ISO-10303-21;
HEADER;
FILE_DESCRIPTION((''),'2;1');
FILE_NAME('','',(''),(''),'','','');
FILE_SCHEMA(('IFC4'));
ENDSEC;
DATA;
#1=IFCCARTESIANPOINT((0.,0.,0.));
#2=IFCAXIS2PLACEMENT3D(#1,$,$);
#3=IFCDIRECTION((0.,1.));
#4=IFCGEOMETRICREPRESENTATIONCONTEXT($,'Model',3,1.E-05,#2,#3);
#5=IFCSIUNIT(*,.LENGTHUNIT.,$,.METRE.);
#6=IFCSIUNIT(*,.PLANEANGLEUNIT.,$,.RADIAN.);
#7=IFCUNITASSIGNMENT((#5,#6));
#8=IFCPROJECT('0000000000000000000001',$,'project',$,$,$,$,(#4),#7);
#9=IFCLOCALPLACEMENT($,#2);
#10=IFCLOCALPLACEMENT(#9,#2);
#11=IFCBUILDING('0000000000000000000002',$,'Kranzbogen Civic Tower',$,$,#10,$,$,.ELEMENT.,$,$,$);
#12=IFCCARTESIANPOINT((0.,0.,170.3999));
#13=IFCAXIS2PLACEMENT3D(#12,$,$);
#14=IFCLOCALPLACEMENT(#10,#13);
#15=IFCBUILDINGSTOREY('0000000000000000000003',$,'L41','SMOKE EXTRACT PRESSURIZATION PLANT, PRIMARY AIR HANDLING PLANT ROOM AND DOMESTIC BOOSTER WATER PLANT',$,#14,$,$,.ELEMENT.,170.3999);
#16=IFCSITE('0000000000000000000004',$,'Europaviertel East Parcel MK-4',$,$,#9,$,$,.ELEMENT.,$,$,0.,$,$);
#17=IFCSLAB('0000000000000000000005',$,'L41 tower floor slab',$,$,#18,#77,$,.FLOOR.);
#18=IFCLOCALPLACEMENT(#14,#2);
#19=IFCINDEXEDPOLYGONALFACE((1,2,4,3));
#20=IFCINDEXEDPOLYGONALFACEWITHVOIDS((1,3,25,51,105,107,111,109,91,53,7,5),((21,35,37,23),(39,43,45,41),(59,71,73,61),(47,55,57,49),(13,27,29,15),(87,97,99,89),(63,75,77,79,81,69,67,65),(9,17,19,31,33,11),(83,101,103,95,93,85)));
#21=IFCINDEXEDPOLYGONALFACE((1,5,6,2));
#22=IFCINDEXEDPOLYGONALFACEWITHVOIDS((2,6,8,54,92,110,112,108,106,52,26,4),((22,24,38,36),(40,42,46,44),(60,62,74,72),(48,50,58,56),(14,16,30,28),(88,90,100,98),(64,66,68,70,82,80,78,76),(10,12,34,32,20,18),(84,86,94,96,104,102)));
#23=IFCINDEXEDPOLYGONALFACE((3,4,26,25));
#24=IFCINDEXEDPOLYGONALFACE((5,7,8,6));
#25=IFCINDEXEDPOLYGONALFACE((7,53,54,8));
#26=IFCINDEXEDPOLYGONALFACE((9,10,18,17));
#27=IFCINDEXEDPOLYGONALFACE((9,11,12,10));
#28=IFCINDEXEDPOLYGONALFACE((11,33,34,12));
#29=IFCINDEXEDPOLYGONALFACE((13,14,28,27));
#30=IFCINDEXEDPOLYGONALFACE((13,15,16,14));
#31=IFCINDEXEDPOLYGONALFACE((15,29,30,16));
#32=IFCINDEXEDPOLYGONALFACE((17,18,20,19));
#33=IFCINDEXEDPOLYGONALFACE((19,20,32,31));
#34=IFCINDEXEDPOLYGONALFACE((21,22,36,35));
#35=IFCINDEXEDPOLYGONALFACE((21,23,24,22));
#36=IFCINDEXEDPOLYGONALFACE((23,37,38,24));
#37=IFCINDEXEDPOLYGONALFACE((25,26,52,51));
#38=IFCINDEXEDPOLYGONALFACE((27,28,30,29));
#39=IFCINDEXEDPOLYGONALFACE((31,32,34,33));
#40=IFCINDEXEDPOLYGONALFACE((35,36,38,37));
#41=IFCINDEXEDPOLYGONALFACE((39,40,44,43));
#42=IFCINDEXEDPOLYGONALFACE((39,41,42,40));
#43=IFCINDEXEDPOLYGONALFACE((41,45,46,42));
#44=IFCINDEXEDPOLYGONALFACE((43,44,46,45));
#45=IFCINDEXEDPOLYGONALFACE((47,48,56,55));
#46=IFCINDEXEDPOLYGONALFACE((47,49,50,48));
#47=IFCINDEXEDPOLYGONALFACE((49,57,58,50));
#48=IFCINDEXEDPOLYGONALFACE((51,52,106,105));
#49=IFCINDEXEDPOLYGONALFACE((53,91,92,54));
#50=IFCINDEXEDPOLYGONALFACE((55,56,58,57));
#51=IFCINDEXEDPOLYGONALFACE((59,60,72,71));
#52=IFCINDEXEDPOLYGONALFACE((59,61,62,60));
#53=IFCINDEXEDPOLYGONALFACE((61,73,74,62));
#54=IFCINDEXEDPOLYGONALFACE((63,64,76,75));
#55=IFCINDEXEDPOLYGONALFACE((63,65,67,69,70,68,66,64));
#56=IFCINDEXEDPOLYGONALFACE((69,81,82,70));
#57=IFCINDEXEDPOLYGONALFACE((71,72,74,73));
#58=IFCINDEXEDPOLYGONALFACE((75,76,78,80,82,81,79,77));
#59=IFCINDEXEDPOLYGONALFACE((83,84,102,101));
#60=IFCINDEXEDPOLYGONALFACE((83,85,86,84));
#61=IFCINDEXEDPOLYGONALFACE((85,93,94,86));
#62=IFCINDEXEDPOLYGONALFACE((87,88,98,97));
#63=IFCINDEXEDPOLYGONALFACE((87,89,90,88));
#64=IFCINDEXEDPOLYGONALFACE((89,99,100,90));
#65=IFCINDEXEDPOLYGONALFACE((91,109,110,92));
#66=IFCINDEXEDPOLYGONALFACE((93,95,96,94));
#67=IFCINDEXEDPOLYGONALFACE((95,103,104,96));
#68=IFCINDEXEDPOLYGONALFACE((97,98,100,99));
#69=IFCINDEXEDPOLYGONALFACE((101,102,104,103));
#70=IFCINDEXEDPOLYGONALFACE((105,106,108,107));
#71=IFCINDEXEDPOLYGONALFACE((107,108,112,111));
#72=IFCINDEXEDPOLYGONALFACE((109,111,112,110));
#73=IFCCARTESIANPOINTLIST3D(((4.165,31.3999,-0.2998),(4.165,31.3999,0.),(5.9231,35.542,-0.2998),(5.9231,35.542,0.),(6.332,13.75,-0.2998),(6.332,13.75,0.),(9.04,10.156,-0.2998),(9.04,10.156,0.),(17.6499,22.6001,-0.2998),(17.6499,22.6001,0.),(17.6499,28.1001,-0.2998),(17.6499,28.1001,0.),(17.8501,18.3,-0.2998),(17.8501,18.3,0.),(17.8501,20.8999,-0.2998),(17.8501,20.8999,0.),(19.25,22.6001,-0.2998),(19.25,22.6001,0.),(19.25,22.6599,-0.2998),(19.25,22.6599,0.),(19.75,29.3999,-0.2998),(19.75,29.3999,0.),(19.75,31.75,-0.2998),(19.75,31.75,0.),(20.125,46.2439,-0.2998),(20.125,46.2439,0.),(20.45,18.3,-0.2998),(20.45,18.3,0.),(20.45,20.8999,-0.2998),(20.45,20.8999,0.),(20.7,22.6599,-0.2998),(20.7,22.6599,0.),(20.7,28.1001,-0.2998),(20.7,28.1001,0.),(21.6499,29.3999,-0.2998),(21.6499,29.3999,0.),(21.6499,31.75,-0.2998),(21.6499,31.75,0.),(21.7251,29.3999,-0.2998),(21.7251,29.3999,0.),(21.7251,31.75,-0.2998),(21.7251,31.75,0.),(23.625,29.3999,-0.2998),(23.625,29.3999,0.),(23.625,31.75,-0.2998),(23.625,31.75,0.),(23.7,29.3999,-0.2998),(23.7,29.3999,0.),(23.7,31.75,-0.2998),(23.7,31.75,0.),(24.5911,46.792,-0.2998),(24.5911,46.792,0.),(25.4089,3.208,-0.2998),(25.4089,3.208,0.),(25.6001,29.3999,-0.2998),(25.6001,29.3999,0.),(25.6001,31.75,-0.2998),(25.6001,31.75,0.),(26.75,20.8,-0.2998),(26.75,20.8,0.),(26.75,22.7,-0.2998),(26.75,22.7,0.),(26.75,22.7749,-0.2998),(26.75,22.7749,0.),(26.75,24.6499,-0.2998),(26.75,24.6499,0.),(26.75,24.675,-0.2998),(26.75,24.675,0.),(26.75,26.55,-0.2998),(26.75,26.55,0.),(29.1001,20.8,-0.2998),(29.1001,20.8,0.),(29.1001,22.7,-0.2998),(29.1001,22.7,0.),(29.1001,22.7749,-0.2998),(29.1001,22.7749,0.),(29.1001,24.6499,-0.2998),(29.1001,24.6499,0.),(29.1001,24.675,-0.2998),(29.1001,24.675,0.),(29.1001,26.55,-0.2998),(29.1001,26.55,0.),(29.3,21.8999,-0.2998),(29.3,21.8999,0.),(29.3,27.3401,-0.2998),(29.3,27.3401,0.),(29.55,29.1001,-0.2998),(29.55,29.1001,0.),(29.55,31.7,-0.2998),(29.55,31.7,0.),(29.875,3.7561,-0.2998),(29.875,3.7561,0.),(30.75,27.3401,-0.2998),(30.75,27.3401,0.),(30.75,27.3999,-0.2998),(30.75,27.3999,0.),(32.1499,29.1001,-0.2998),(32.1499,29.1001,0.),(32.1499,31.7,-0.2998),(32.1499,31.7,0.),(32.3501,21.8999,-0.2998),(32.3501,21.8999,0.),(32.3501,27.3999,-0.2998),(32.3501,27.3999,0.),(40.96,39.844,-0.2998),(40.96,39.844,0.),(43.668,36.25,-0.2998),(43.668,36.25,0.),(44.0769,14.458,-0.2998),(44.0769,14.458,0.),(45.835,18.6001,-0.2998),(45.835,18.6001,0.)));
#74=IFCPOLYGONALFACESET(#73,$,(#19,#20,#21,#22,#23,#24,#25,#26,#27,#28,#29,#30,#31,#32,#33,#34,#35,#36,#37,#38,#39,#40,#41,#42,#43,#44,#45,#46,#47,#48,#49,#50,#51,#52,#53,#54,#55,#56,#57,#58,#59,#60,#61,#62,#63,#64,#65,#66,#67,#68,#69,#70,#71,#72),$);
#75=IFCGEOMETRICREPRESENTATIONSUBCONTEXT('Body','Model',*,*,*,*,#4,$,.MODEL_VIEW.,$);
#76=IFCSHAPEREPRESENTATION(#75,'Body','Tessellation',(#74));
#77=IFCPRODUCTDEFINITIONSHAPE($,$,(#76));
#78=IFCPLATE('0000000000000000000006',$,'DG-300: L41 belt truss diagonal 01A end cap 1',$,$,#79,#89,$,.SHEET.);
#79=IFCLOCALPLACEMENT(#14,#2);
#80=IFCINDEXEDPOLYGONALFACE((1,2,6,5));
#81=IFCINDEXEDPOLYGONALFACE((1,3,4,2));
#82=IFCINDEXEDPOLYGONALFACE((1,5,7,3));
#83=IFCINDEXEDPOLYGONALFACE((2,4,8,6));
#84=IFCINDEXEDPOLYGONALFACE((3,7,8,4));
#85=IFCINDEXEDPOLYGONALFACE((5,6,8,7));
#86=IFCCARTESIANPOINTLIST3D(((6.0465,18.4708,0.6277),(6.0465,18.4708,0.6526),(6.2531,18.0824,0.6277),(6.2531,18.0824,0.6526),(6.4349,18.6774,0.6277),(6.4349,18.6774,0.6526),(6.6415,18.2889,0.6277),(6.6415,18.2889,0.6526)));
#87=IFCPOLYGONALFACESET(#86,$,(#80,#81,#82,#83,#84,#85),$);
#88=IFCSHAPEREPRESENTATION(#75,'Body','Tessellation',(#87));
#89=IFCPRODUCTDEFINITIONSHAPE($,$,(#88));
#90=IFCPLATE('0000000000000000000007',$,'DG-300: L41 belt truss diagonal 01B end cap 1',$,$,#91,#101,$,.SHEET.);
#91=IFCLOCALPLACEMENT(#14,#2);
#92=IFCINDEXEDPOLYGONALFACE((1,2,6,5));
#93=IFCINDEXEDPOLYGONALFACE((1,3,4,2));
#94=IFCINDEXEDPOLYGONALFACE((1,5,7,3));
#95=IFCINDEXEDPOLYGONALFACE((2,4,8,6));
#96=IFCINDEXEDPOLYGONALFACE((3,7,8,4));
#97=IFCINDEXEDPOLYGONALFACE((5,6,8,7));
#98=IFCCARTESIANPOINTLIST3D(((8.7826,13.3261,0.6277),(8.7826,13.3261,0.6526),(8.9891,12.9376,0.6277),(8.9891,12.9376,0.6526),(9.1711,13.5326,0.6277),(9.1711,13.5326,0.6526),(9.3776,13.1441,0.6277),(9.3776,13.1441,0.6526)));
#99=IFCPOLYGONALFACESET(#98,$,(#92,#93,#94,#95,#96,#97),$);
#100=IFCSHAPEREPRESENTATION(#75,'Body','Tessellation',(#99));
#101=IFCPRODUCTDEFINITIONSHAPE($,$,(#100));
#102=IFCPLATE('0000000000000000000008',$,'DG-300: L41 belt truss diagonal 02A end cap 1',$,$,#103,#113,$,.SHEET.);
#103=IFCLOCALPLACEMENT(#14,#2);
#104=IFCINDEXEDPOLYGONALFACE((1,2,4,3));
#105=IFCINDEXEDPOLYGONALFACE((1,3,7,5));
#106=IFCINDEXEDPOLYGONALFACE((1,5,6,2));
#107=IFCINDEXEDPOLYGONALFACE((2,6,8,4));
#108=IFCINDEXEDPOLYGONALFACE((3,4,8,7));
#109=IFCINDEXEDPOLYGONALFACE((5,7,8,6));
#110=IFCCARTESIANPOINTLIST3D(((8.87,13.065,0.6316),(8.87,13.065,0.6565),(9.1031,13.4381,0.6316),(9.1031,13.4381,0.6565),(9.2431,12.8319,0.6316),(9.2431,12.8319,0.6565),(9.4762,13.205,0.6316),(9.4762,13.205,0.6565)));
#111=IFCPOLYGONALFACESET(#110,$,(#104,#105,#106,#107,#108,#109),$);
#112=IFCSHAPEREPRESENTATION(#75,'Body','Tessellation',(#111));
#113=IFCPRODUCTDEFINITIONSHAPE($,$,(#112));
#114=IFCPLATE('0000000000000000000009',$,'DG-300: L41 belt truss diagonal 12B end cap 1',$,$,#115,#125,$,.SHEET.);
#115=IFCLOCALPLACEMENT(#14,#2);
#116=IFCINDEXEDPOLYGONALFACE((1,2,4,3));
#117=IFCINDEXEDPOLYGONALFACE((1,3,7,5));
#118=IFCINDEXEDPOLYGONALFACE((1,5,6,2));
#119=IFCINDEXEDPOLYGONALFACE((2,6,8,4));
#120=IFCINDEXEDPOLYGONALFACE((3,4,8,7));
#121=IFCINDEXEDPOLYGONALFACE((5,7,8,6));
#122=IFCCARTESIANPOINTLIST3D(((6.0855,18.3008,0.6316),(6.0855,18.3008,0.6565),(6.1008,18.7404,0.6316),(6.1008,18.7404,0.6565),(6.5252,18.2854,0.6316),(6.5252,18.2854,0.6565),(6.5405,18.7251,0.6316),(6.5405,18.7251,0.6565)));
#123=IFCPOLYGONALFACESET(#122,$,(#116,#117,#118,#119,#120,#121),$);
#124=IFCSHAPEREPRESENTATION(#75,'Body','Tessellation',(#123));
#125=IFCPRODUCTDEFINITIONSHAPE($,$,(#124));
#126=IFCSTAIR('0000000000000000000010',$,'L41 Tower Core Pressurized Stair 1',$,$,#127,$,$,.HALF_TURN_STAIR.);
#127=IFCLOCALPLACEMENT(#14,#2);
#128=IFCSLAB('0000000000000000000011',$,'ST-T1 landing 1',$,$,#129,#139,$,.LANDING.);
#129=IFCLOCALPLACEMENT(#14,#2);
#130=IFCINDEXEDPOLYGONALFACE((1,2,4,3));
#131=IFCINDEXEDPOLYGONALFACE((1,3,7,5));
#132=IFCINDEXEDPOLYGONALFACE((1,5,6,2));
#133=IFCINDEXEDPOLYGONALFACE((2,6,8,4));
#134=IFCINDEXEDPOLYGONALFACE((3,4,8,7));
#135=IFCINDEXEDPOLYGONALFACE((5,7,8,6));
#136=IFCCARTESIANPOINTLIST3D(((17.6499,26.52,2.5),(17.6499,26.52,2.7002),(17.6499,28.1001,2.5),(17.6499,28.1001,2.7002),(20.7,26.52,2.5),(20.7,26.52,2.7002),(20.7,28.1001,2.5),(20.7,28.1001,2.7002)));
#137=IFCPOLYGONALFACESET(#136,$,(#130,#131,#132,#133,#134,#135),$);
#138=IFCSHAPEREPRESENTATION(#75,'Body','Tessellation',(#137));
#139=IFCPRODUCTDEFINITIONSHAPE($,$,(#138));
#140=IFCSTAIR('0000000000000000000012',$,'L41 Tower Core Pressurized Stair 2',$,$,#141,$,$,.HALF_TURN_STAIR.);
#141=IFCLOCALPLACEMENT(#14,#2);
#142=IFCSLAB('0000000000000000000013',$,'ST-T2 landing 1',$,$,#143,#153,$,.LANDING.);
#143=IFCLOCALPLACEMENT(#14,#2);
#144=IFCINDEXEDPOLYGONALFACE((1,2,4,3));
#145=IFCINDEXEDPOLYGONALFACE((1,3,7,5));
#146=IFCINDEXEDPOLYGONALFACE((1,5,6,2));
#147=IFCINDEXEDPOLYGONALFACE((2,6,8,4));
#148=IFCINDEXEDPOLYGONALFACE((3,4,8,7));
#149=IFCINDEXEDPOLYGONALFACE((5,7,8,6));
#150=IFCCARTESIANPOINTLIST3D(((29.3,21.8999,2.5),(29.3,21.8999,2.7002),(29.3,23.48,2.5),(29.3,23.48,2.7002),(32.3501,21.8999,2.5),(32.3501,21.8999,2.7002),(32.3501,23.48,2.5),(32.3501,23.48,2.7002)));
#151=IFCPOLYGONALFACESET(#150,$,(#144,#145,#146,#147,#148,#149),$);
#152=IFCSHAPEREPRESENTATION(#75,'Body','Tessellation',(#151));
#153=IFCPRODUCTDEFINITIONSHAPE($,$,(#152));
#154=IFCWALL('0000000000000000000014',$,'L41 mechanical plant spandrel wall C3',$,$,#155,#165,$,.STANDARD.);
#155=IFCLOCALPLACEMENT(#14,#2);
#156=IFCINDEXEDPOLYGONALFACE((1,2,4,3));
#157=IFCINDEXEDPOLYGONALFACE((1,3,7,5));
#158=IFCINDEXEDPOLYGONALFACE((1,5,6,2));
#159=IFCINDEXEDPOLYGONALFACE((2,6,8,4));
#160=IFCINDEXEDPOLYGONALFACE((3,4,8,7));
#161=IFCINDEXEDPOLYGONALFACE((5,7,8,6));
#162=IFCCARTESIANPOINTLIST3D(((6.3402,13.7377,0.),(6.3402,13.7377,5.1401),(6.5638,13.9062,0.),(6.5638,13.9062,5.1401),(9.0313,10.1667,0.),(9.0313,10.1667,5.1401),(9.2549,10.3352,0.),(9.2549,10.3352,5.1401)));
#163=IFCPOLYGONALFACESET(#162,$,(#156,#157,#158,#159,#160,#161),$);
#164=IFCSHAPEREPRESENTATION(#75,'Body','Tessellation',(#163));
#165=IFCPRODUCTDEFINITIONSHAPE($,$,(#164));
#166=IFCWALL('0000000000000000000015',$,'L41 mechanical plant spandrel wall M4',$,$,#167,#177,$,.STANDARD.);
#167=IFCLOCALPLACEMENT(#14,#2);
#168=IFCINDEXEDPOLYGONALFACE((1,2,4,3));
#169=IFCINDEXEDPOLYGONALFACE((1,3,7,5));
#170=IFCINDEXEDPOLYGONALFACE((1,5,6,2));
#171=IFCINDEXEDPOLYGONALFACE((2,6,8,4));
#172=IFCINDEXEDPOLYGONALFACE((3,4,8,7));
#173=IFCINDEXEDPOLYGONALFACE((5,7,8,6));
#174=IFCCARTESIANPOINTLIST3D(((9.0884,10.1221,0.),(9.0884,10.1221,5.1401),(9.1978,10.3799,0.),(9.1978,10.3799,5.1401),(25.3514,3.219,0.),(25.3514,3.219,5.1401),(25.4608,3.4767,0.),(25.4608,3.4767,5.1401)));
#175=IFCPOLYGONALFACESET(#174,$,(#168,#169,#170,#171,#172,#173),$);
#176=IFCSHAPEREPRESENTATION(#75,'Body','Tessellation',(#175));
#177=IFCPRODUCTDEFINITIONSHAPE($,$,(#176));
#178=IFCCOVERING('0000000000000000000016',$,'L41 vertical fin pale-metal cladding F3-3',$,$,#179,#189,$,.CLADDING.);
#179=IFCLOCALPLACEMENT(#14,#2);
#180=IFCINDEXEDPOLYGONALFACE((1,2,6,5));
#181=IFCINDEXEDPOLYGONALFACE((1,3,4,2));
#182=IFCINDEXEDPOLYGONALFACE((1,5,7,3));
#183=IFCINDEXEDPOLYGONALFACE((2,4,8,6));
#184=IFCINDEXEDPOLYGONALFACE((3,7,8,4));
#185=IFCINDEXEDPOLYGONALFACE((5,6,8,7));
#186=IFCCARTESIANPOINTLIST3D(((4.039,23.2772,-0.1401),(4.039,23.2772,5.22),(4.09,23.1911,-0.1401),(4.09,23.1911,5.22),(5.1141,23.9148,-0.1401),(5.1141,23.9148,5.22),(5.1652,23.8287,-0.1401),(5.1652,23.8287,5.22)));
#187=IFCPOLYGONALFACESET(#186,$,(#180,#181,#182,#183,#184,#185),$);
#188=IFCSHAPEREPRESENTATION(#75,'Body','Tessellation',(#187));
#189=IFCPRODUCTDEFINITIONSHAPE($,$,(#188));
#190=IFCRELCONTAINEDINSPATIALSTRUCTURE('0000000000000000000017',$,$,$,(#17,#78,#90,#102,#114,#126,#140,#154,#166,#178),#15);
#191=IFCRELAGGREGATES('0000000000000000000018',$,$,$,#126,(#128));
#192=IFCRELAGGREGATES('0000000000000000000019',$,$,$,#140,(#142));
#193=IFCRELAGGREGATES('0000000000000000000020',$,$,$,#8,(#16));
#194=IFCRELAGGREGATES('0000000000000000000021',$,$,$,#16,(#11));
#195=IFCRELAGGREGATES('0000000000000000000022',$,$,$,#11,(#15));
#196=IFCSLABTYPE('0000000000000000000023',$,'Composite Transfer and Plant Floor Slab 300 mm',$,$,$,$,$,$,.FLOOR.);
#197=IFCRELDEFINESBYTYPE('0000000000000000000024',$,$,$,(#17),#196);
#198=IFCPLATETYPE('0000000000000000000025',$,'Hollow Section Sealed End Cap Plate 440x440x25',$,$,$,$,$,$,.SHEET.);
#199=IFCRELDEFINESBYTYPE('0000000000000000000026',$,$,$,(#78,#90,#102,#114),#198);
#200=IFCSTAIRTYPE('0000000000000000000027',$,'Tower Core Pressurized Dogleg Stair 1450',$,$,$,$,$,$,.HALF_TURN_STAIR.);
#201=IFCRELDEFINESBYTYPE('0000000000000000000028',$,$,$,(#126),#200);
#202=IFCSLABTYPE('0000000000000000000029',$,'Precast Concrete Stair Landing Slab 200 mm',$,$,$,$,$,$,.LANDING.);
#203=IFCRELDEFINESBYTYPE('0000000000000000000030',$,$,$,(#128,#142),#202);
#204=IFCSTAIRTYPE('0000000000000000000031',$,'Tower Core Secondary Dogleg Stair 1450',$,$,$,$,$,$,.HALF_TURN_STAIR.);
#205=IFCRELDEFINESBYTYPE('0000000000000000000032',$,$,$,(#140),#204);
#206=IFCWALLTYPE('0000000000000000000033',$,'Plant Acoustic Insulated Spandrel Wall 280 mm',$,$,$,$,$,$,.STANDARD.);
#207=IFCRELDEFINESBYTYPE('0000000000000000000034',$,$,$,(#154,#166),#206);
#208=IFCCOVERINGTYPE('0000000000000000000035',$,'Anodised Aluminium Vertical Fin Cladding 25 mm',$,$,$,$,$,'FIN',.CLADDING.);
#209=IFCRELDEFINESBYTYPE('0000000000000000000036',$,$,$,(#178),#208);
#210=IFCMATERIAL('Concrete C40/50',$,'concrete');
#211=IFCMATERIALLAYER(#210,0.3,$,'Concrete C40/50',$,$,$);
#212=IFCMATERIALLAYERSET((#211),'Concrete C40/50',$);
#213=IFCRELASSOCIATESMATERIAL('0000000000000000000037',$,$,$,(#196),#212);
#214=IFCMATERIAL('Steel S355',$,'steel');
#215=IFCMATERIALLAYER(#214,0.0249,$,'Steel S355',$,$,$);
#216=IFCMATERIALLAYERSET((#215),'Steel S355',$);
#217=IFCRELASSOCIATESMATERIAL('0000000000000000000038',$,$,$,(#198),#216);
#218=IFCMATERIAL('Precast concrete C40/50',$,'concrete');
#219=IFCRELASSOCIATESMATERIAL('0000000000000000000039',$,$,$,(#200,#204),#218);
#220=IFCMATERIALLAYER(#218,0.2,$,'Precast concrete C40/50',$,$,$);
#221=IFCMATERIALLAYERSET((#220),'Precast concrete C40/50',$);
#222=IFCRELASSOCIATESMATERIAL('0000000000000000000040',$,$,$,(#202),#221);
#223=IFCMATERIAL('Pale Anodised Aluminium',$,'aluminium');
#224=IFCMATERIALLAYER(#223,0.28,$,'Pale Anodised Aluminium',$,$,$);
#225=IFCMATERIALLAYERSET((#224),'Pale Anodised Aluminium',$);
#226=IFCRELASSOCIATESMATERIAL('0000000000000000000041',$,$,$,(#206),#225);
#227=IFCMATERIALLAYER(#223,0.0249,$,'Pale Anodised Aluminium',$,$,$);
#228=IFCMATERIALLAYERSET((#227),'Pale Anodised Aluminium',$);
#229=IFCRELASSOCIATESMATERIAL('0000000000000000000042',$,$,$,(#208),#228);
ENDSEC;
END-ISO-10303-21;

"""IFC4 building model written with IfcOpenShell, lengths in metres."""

from ifc_helpers import new_model, si_unit, direction, frame, frame_2d, origin, origin_2d, place, context, subcontext, project, spatial, polyline, rectangle, outline, extrude, material, layer, layer_set, type_object, element, aggregate, save


model = new_model("IFC4")

# Units and contexts
model_context = context("Model", 3, precision=1e-05, world=origin(), true_north=direction((0.0, 1.0)))
body_context = subcontext(model_context, "Body", "Model", "MODEL_VIEW")
ifc_project = project(units=[si_unit("LENGTHUNIT", "METRE"), si_unit("PLANEANGLEUNIT", "RADIAN")], contexts=[model_context])

# Site, building, storey
site_placement = place(None, origin())
site = spatial("IfcSite", under=ifc_project, at=site_placement, Name="Europaviertel East Parcel MK-4", CompositionType="ELEMENT", RefElevation=0.0)
building_placement = place(site_placement, origin())
building = spatial("IfcBuilding", under=site, at=building_placement, Name="Kranzbogen Civic Tower", CompositionType="ELEMENT")
storey_placement = place(building_placement, frame((0.0, 0.0, 170.3999)))
storey = spatial("IfcBuildingStorey", under=building, at=storey_placement, Name="L41", Description="SMOKE EXTRACT PRESSURIZATION PLANT, PRIMARY AIR HANDLING PLANT ROOM AND DOMESTIC BOOSTER WATER PLANT", CompositionType="ELEMENT", Elevation=170.3999)

# Shared definitions
ifc_material_1 = material(Name="Steel S355", Category="steel")

# Slab
ifc_material_2 = material(Name="Concrete C40/50", Category="concrete")
ifc_layer_1 = layer(ifc_material_2, 0.3, Name="Concrete C40/50")
ifc_layer_set_1 = layer_set([ifc_layer_1], Name="Concrete C40/50")
slab_type_1 = type_object("IfcSlabType", Name="Composite Transfer and Plant Floor Slab 300 mm", PredefinedType="FLOOR", material=ifc_layer_set_1)
slab_1_placement = place(storey_placement, frame((0.0, 0.0, -0.2998)))
element("IfcSlab", 1, at=slab_1_placement, inside=storey, type_object=slab_type_1, Name="L41 tower floor slab", PredefinedType="FLOOR", context=body_context, shape_type="SweptSolid", body=[
    extrude(outline(polyline([(40.96, 39.844), (24.5911, 46.792), (20.125, 46.2439), (5.9231, 35.542), (4.165, 31.3999), (6.332, 13.75), (9.04, 10.156), (25.4089, 3.208), (29.875, 3.7561), (44.0769, 14.458), (45.835, 18.6001), (43.668, 36.25), (40.96, 39.844)]), holes=[polyline([(20.45, 20.8999), (20.45, 18.3), (17.8501, 18.3), (17.8501, 20.8999), (20.45, 20.8999)]), polyline([(29.1001, 22.7), (29.1001, 20.8), (26.75, 20.8), (26.75, 22.7), (29.1001, 22.7)]), polyline([(29.1001, 24.6499), (29.1001, 22.7749), (26.75, 22.7749), (26.75, 24.6499), (26.75, 24.675), (26.75, 26.55), (29.1001, 26.55), (29.1001, 24.675), (29.1001, 24.6499)]), polyline([(30.75, 27.3401), (30.75, 27.3999), (32.3501, 27.3999), (32.3501, 21.8999), (29.3, 21.8999), (29.3, 27.3401), (30.75, 27.3401)]), polyline([(19.25, 22.6599), (19.25, 22.6001), (17.6499, 22.6001), (17.6499, 28.1001), (20.7, 28.1001), (20.7, 22.6599), (19.25, 22.6599)]), polyline([(32.1499, 31.7), (32.1499, 29.1001), (29.55, 29.1001), (29.55, 31.7), (32.1499, 31.7)]), polyline([(21.6499, 31.75), (21.6499, 29.3999), (19.75, 29.3999), (19.75, 31.75), (21.6499, 31.75)]), polyline([(23.625, 29.3999), (21.7251, 29.3999), (21.7251, 31.75), (23.625, 31.75), (23.625, 29.3999)]), polyline([(25.6001, 29.3999), (23.7, 29.3999), (23.7, 31.75), (25.6001, 31.75), (25.6001, 29.3999)])]), origin(), (0.0, 0.0, 1.0), 0.2998),
])

# Plates
ifc_layer_2 = layer(ifc_material_1, 0.0249, Name="Steel S355")
ifc_layer_set_2 = layer_set([ifc_layer_2], Name="Steel S355")
plate_type_1 = type_object("IfcPlateType", Name="Hollow Section Sealed End Cap Plate 440x440x25", PredefinedType="SHEET", material=ifc_layer_set_2)
for number, where, z_axis, x_axis, name in (
    (2, (6.344, 18.3799, 0.6277), (0.0, 0.0, 1.0), (0.469518, -0.882923, 0.0), "DG-300: L41 belt truss diagonal 01A end cap 1"),
    (3, (9.0801, 13.2351, 0.6277), (0.0, 0.0, 1.0), (-0.469379, 0.882997, 0.0), "DG-300: L41 belt truss diagonal 01B end cap 1"),
    (4, (9.1731, 13.135, 0.6316), (0.0, 0.0, 1.0), (0.848039, -0.529934, 0.0), "DG-300: L41 belt truss diagonal 02A end cap 1"),
    (5, (6.313, 18.5129, 0.6316), (0.0, 0.0, 1.0), (0.034812, 0.999394, 0.0), "DG-300: L41 belt truss diagonal 12B end cap 1"),
):
    element("IfcPlate", number, at=place(storey_placement, frame(where, z_axis=z_axis, x_axis=x_axis)), inside=storey, type_object=plate_type_1, Name=name, PredefinedType="SHEET", context=body_context, shape_type="SweptSolid", body=[
        extrude(rectangle(XDim=0.4399, YDim=0.4399, at=origin_2d()), origin(), (0.0, 0.0, 1.0), 0.0249),
    ])

# Stairs, slabs
ifc_material_3 = material(Name="Precast concrete C40/50", Category="concrete")
stair_type_1 = type_object("IfcStairType", Name="Tower Core Pressurized Dogleg Stair 1450", PredefinedType="HALF_TURN_STAIR", material=ifc_material_3)
stair_1_placement = place(storey_placement, origin())
stair_1 = element("IfcStair", 6, at=stair_1_placement, inside=storey, type_object=stair_type_1, Name="L41 Tower Core Pressurized Stair 1", PredefinedType="HALF_TURN_STAIR")
ifc_layer_3 = layer(ifc_material_3, 0.2, Name="Precast concrete C40/50")
ifc_layer_set_3 = layer_set([ifc_layer_3], Name="Precast concrete C40/50")
slab_type_2 = type_object("IfcSlabType", Name="Precast Concrete Stair Landing Slab 200 mm", PredefinedType="LANDING", material=ifc_layer_set_3)
slab_2_placement = place(storey_placement, frame((0.0, 0.0, 2.5)))
slab_2 = element("IfcSlab", 7, at=slab_2_placement, type_object=slab_type_2, Name="ST-T1 landing 1", PredefinedType="LANDING", context=body_context, shape_type="SweptSolid", body=[
    extrude(outline(polyline([(20.7, 26.52), (20.7, 28.1001), (17.6499, 28.1001), (17.6499, 26.52), (20.7, 26.52)])), origin(), (0.0, 0.0, 1.0), 0.2002),
])
aggregate(stair_1, [slab_2])
stair_type_2 = type_object("IfcStairType", Name="Tower Core Secondary Dogleg Stair 1450", PredefinedType="HALF_TURN_STAIR", material=ifc_material_3)
stair_2_placement = place(storey_placement, origin())
stair_2 = element("IfcStair", 8, at=stair_2_placement, inside=storey, type_object=stair_type_2, Name="L41 Tower Core Pressurized Stair 2", PredefinedType="HALF_TURN_STAIR")
slab_3_placement = place(storey_placement, frame((0.0, 0.0, 2.5)))
slab_3 = element("IfcSlab", 9, at=slab_3_placement, type_object=slab_type_2, Name="ST-T2 landing 1", PredefinedType="LANDING", context=body_context, shape_type="SweptSolid", body=[
    extrude(outline(polyline([(29.3, 23.48), (29.3, 21.8999), (32.3501, 21.8999), (32.3501, 23.48), (29.3, 23.48)])), origin(), (0.0, 0.0, 1.0), 0.2002),
])
aggregate(stair_2, [slab_3])

# Walls
ifc_material_4 = material(Name="Pale Anodised Aluminium", Category="aluminium")
ifc_layer_4 = layer(ifc_material_4, 0.28, Name="Pale Anodised Aluminium")
ifc_layer_set_4 = layer_set([ifc_layer_4], Name="Pale Anodised Aluminium")
wall_type = type_object("IfcWallType", Name="Plant Acoustic Insulated Spandrel Wall 280 mm", PredefinedType="STANDARD", material=ifc_layer_set_4)
wall_1_placement = place(storey_placement, frame((6.4519, 13.822, 0.0), z_axis=(0.0, 0.0, 1.0), x_axis=(0.601842, -0.798615, 0.0)))
element("IfcWall", 10, at=wall_1_placement, inside=storey, type_object=wall_type, Name="L41 mechanical plant spandrel wall C3", PredefinedType="STANDARD", context=body_context, shape_type="SweptSolid", body=[
    extrude(rectangle(XDim=4.4714, YDim=0.28, at=frame_2d((2.2358, 0.0))), origin(), (0.0, 0.0, 1.0), 5.1401),
])
wall_2_placement = place(storey_placement, frame((9.1431, 10.251, 0.0), z_axis=(0.0, 0.0, 1.0), x_axis=(0.920508, -0.390725, 0.0)))
element("IfcWall", 11, at=wall_2_placement, inside=storey, type_object=wall_type, Name="L41 mechanical plant spandrel wall M4", PredefinedType="STANDARD", context=body_context, shape_type="SweptSolid", body=[
    extrude(rectangle(XDim=17.6675, YDim=0.28, at=frame_2d((8.8337, 0.0))), origin(), (0.0, 0.0, 1.0), 5.1401),
])

# Covering
ifc_layer_5 = layer(ifc_material_4, 0.0249, Name="Pale Anodised Aluminium")
ifc_layer_set_5 = layer_set([ifc_layer_5], Name="Pale Anodised Aluminium")
covering_type = type_object("IfcCoveringType", Name="Anodised Aluminium Vertical Fin Cladding 25 mm", ElementType="FIN", PredefinedType="CLADDING", material=ifc_layer_set_5)
for number, where, z_axis, x_axis, name in (
    (12, (4.6021, 23.553, -0.1401), (0.0, 0.0, 1.0), (-0.860111, -0.510108, 0.0), "L41 vertical fin pale-metal cladding F3-3"),
):
    element("IfcCovering", number, at=place(storey_placement, frame(where, z_axis=z_axis, x_axis=x_axis)), inside=storey, type_object=covering_type, Name=name, PredefinedType="CLADDING", context=body_context, shape_type="SweptSolid", body=[
        extrude(rectangle(XDim=1.25, YDim=0.1001, at=origin_2d()), origin(), (0.0, 0.0, 1.0), 5.3601),
    ])

save(model, "model.ifc")
